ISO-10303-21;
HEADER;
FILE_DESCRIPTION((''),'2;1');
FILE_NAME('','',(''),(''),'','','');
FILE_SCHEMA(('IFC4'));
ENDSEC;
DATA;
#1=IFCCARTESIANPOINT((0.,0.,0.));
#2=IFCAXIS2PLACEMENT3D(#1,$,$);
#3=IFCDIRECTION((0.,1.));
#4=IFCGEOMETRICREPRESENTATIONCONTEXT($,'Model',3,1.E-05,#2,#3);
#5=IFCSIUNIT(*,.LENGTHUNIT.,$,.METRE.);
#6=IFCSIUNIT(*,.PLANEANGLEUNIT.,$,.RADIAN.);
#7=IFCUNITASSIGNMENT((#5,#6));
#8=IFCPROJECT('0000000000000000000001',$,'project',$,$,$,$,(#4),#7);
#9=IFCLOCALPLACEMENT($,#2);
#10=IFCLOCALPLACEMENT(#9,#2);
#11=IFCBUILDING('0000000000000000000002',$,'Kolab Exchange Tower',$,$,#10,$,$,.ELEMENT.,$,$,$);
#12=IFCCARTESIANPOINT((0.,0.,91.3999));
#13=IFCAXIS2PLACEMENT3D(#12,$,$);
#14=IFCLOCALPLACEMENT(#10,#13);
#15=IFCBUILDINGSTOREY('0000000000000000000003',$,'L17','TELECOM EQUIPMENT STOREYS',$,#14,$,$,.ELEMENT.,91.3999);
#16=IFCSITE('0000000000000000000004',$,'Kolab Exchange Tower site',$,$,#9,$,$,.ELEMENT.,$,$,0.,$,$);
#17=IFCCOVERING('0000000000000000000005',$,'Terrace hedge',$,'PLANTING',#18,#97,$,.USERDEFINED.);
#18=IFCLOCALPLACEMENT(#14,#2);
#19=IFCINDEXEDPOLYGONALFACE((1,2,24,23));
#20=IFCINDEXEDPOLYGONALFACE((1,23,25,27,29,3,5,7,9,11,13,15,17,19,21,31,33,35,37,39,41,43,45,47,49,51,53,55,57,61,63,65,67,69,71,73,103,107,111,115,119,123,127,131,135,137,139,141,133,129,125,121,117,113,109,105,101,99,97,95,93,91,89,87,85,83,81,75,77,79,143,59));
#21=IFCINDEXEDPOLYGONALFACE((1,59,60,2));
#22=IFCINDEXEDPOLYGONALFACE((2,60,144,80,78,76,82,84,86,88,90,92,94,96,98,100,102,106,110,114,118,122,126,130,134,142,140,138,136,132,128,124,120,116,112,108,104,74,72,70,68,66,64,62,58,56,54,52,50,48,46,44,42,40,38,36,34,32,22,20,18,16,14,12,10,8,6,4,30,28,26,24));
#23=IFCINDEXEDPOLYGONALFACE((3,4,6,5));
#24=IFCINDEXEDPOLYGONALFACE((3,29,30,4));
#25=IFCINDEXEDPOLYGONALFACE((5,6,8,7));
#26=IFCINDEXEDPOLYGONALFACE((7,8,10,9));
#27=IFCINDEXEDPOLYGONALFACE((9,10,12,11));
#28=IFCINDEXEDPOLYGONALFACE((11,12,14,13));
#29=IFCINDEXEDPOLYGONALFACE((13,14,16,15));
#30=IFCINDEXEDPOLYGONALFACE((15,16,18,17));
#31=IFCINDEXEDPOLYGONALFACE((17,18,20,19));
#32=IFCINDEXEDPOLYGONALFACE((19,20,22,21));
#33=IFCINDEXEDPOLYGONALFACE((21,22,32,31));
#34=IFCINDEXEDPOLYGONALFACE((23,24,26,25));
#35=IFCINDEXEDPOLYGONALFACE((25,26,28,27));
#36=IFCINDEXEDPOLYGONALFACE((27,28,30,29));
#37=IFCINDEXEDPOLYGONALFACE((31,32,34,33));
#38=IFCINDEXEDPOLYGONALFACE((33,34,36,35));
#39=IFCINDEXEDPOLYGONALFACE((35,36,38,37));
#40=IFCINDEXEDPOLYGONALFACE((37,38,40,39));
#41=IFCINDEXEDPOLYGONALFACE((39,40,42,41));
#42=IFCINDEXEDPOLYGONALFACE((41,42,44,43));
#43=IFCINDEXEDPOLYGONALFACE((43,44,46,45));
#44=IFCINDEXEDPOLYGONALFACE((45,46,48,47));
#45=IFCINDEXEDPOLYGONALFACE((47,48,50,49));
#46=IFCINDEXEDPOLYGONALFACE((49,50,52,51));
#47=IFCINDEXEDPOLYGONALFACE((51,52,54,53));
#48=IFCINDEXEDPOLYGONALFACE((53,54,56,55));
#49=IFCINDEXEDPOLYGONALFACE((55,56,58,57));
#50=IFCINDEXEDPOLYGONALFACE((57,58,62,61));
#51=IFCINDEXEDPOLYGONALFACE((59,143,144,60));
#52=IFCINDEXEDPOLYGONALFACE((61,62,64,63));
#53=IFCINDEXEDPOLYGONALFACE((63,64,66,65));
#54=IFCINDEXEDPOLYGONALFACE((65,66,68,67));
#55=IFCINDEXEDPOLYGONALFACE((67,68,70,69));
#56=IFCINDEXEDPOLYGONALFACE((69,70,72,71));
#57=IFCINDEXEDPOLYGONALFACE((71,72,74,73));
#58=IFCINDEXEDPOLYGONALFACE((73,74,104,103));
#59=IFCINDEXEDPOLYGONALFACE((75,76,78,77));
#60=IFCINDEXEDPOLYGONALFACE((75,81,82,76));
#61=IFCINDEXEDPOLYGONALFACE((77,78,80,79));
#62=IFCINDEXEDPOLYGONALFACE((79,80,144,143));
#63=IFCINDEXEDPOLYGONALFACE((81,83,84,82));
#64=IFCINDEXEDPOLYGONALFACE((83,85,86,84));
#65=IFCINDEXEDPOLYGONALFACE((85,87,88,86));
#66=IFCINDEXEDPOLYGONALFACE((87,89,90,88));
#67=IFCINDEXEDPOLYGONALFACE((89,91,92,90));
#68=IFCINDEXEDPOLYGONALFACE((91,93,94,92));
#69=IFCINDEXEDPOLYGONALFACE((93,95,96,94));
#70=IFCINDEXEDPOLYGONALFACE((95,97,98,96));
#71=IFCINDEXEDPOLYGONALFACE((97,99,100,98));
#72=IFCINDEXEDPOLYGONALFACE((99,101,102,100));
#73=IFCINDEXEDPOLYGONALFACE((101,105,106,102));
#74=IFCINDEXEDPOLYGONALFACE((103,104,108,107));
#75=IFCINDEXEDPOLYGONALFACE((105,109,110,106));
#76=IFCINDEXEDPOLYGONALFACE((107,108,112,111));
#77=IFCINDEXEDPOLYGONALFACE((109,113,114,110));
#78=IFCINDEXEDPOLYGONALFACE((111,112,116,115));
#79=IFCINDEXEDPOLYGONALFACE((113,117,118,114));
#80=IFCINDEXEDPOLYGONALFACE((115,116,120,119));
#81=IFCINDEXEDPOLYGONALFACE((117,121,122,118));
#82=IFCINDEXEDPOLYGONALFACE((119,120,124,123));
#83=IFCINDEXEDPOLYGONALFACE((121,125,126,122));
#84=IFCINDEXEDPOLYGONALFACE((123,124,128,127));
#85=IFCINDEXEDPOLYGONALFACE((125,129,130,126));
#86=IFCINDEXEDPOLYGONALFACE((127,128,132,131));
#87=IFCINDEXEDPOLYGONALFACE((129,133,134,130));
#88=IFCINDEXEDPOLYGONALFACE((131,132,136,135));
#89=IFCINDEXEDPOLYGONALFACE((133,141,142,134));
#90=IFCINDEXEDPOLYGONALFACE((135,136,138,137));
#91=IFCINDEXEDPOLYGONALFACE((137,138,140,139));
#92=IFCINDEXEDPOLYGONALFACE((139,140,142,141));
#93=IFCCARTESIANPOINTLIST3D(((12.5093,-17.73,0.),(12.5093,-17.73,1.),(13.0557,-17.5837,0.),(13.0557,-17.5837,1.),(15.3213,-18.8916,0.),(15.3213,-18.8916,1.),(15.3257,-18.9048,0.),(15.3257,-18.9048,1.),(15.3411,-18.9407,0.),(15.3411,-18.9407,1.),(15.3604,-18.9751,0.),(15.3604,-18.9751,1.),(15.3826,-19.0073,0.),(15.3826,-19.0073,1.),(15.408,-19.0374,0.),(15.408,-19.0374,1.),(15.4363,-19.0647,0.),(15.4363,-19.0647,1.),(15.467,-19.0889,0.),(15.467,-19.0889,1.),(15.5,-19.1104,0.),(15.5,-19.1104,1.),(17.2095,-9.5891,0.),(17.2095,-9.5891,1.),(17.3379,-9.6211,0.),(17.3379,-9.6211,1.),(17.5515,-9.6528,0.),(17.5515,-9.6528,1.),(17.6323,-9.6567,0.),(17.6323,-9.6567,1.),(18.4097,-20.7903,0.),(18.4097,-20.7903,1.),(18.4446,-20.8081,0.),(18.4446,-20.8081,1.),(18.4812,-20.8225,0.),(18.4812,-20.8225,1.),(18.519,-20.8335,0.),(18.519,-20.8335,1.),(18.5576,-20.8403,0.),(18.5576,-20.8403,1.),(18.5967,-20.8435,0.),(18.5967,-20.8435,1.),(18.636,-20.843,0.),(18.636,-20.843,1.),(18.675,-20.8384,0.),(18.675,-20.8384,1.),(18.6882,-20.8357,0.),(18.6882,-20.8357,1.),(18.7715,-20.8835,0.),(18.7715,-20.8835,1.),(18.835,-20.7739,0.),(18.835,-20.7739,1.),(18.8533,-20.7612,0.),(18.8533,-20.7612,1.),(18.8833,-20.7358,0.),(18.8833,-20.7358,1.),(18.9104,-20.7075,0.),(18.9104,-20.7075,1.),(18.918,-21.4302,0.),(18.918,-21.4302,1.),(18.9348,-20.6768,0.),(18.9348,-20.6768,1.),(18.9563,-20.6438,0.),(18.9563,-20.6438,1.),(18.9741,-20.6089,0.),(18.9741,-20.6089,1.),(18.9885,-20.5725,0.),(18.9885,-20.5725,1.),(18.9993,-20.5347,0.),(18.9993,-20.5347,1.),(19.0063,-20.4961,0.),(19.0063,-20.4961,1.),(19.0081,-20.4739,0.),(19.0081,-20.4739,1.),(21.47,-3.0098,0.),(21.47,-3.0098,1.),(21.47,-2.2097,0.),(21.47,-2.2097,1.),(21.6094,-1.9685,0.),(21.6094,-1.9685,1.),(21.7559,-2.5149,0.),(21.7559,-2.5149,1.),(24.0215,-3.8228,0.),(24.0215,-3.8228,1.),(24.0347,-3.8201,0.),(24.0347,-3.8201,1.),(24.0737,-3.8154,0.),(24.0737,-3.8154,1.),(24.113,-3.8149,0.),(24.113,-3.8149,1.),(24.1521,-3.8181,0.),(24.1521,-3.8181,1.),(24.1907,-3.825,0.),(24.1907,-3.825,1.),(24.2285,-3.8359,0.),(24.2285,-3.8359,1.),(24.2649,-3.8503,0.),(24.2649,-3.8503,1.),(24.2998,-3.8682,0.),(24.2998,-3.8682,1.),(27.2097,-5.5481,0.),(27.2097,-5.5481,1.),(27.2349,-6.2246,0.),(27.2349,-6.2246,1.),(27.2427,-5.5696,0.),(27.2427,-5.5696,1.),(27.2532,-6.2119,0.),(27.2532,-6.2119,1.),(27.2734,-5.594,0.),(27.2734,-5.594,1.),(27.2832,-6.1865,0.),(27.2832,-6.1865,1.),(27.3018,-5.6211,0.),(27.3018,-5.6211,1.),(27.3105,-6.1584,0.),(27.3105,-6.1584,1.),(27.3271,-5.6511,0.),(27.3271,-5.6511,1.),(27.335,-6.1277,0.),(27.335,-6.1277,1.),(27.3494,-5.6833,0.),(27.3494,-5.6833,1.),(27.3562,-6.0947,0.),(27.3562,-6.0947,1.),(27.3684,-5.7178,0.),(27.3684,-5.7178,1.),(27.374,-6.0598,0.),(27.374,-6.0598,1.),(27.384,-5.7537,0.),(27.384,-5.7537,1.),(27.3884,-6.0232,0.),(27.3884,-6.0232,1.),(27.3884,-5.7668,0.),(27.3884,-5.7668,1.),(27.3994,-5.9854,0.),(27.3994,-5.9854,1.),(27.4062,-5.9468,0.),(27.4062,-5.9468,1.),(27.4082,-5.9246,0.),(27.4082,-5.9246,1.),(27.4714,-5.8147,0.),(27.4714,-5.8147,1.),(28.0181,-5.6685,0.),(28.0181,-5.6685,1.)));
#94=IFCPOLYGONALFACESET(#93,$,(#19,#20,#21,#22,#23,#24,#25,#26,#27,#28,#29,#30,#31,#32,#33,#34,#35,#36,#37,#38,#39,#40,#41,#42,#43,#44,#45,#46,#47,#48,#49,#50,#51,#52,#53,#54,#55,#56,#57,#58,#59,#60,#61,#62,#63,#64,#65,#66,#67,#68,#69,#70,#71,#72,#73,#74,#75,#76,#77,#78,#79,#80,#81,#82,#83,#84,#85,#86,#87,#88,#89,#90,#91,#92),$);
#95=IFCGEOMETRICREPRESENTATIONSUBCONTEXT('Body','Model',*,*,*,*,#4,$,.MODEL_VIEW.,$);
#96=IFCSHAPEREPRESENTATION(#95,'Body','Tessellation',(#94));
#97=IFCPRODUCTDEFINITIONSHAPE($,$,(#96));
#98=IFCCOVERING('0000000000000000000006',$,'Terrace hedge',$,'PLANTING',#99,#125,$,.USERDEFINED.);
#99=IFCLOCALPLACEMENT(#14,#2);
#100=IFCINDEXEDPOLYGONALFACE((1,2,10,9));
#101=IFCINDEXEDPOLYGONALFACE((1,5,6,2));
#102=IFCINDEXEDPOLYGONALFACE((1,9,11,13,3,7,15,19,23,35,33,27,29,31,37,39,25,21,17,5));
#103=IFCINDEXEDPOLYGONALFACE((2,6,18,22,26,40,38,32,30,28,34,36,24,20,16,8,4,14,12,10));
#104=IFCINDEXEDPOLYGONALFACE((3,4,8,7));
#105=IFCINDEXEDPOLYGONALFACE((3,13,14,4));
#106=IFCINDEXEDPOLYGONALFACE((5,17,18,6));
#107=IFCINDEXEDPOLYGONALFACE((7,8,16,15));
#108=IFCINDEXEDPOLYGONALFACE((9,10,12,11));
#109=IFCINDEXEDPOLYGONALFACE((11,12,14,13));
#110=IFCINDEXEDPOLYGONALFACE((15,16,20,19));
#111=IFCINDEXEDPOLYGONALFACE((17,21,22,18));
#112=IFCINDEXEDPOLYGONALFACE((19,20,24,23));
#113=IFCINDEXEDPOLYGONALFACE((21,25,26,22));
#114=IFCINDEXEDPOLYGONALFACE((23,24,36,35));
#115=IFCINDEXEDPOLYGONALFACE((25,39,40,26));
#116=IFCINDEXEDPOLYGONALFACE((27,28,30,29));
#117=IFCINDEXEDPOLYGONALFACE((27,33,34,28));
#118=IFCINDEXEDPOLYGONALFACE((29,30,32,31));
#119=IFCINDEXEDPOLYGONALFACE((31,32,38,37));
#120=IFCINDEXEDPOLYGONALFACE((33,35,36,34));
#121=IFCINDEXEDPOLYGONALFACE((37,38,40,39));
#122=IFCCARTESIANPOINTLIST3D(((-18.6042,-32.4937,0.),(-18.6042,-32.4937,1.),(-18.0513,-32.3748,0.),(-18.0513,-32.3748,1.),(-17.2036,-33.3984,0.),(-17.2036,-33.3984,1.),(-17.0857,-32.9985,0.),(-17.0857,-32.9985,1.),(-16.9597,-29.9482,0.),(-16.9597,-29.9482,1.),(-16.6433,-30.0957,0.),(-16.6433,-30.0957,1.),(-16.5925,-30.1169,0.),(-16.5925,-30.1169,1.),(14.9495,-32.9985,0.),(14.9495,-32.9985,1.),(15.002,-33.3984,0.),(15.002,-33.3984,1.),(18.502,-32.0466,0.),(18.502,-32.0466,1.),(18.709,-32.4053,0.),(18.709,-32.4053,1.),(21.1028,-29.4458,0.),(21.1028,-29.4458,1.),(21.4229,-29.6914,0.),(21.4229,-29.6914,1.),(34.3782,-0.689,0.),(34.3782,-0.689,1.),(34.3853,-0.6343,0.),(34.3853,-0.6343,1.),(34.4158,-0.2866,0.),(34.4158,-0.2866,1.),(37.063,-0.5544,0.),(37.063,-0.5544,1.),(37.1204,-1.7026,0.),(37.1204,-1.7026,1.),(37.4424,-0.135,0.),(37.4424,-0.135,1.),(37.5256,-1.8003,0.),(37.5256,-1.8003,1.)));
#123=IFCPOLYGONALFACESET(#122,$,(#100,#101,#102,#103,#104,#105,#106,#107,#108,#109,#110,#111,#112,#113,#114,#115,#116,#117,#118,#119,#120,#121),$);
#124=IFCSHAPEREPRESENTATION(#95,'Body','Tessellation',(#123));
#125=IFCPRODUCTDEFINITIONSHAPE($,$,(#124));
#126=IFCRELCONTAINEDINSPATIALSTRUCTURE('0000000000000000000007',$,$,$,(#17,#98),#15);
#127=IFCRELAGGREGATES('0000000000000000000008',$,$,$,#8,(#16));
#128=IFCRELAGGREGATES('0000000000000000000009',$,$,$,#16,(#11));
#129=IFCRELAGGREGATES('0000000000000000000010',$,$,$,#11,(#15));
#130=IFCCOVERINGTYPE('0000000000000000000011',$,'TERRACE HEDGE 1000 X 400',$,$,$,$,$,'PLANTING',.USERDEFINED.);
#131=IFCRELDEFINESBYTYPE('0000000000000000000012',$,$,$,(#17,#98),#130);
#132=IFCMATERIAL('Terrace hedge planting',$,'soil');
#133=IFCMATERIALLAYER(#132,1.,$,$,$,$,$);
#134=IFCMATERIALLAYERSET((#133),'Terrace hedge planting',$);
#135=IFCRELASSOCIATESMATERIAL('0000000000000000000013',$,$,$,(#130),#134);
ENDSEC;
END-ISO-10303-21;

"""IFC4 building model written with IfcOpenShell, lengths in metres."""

from ifc_helpers import new_model, si_unit, direction, frame, origin, place, context, subcontext, project, spatial, polyline, outline, extrude, material, layer, layer_set, type_object, element, save


model = new_model("IFC4")

# Units and contexts
model_context = context("Model", 3, precision=1e-05, world=origin(), true_north=direction((0.0, 1.0)))
body_context = subcontext(model_context, "Body", "Model", "MODEL_VIEW")
ifc_project = project(units=[si_unit("LENGTHUNIT", "METRE"), si_unit("PLANEANGLEUNIT", "RADIAN")], contexts=[model_context])

# Site, building, storey
site_placement = place(None, origin())
site = spatial("IfcSite", under=ifc_project, at=site_placement, Name="Kolab Exchange Tower site", CompositionType="ELEMENT", RefElevation=0.0)
building_placement = place(site_placement, origin())
building = spatial("IfcBuilding", under=site, at=building_placement, Name="Kolab Exchange Tower", CompositionType="ELEMENT")
storey_placement = place(building_placement, frame((0.0, 0.0, 91.3999)))
storey = spatial("IfcBuildingStorey", under=building, at=storey_placement, Name="L17", Description="TELECOM EQUIPMENT STOREYS", CompositionType="ELEMENT", Elevation=91.3999)

# Coverings
ifc_material_1 = material(Name="Terrace hedge planting", Category="soil")
ifc_layer_1 = layer(ifc_material_1, 1.0)
ifc_layer_set_1 = layer_set([ifc_layer_1], Name="Terrace hedge planting")
covering_type_1 = type_object("IfcCoveringType", Name="TERRACE HEDGE 1000 X 400", ElementType="PLANTING", PredefinedType="USERDEFINED", material=ifc_layer_set_1)
covering_1_placement = place(storey_placement, origin())
element("IfcCovering", 1, at=covering_1_placement, inside=storey, type_object=covering_type_1, Name="Terrace hedge", ObjectType="PLANTING", PredefinedType="USERDEFINED", context=body_context, shape_type="SweptSolid", body=[
    extrude(outline(polyline([(18.918, -21.4302), (12.5093, -17.73), (17.2095, -9.5891), (17.3379, -9.6211), (17.5515, -9.6528), (17.6323, -9.6567), (13.0557, -17.5837), (15.3213, -18.8916), (15.3257, -18.9048), (15.3411, -18.9407), (15.3604, -18.9751), (15.3826, -19.0073), (15.408, -19.0374), (15.4363, -19.0647), (15.467, -19.0889), (15.5, -19.1104), (18.4097, -20.7903), (18.4446, -20.8081), (18.4812, -20.8225), (18.519, -20.8335), (18.5576, -20.8403), (18.5967, -20.8435), (18.636, -20.843), (18.675, -20.8384), (18.6882, -20.8357), (18.7715, -20.8835), (18.835, -20.7739), (18.8533, -20.7612), (18.8833, -20.7358), (18.9104, -20.7075), (18.9348, -20.6768), (18.9563, -20.6438), (18.9741, -20.6089), (18.9885, -20.5725), (18.9993, -20.5347), (19.0063, -20.4961), (19.0081, -20.4739), (27.2349, -6.2246), (27.2532, -6.2119), (27.2832, -6.1865), (27.3105, -6.1584), (27.335, -6.1277), (27.3562, -6.0947), (27.374, -6.0598), (27.3884, -6.0232), (27.3994, -5.9854), (27.4062, -5.9468), (27.4082, -5.9246), (27.4714, -5.8147), (27.3884, -5.7668), (27.384, -5.7537), (27.3684, -5.7178), (27.3494, -5.6833), (27.3271, -5.6511), (27.3018, -5.6211), (27.2734, -5.594), (27.2427, -5.5696), (27.2097, -5.5481), (24.2998, -3.8682), (24.2649, -3.8503), (24.2285, -3.8359), (24.1907, -3.825), (24.1521, -3.8181), (24.113, -3.8149), (24.0737, -3.8154), (24.0347, -3.8201), (24.0215, -3.8228), (21.7559, -2.5149), (21.47, -3.0098), (21.47, -2.2097), (21.6094, -1.9685), (28.0181, -5.6685), (18.918, -21.4302)])), origin(), (0.0, 0.0, 1.0), 1.0),
])
covering_2_placement = place(storey_placement, origin())
element("IfcCovering", 2, at=covering_2_placement, inside=storey, type_object=covering_type_1, Name="Terrace hedge", ObjectType="PLANTING", PredefinedType="USERDEFINED", context=body_context, shape_type="SweptSolid", body=[
    extrude(outline(polyline([(37.4424, -0.135), (37.5256, -1.8003), (21.4229, -29.6914), (18.709, -32.4053), (15.002, -33.3984), (-17.2036, -33.3984), (-18.6042, -32.4937), (-16.9597, -29.9482), (-16.6433, -30.0957), (-16.5925, -30.1169), (-18.0513, -32.3748), (-17.0857, -32.9985), (14.9495, -32.9985), (18.502, -32.0466), (21.1028, -29.4458), (37.1204, -1.7026), (37.063, -0.5544), (34.3782, -0.689), (34.3853, -0.6343), (34.4158, -0.2866), (37.4424, -0.135)])), origin(), (0.0, 0.0, 1.0), 1.0),
])

save(model, "model.ifc")
